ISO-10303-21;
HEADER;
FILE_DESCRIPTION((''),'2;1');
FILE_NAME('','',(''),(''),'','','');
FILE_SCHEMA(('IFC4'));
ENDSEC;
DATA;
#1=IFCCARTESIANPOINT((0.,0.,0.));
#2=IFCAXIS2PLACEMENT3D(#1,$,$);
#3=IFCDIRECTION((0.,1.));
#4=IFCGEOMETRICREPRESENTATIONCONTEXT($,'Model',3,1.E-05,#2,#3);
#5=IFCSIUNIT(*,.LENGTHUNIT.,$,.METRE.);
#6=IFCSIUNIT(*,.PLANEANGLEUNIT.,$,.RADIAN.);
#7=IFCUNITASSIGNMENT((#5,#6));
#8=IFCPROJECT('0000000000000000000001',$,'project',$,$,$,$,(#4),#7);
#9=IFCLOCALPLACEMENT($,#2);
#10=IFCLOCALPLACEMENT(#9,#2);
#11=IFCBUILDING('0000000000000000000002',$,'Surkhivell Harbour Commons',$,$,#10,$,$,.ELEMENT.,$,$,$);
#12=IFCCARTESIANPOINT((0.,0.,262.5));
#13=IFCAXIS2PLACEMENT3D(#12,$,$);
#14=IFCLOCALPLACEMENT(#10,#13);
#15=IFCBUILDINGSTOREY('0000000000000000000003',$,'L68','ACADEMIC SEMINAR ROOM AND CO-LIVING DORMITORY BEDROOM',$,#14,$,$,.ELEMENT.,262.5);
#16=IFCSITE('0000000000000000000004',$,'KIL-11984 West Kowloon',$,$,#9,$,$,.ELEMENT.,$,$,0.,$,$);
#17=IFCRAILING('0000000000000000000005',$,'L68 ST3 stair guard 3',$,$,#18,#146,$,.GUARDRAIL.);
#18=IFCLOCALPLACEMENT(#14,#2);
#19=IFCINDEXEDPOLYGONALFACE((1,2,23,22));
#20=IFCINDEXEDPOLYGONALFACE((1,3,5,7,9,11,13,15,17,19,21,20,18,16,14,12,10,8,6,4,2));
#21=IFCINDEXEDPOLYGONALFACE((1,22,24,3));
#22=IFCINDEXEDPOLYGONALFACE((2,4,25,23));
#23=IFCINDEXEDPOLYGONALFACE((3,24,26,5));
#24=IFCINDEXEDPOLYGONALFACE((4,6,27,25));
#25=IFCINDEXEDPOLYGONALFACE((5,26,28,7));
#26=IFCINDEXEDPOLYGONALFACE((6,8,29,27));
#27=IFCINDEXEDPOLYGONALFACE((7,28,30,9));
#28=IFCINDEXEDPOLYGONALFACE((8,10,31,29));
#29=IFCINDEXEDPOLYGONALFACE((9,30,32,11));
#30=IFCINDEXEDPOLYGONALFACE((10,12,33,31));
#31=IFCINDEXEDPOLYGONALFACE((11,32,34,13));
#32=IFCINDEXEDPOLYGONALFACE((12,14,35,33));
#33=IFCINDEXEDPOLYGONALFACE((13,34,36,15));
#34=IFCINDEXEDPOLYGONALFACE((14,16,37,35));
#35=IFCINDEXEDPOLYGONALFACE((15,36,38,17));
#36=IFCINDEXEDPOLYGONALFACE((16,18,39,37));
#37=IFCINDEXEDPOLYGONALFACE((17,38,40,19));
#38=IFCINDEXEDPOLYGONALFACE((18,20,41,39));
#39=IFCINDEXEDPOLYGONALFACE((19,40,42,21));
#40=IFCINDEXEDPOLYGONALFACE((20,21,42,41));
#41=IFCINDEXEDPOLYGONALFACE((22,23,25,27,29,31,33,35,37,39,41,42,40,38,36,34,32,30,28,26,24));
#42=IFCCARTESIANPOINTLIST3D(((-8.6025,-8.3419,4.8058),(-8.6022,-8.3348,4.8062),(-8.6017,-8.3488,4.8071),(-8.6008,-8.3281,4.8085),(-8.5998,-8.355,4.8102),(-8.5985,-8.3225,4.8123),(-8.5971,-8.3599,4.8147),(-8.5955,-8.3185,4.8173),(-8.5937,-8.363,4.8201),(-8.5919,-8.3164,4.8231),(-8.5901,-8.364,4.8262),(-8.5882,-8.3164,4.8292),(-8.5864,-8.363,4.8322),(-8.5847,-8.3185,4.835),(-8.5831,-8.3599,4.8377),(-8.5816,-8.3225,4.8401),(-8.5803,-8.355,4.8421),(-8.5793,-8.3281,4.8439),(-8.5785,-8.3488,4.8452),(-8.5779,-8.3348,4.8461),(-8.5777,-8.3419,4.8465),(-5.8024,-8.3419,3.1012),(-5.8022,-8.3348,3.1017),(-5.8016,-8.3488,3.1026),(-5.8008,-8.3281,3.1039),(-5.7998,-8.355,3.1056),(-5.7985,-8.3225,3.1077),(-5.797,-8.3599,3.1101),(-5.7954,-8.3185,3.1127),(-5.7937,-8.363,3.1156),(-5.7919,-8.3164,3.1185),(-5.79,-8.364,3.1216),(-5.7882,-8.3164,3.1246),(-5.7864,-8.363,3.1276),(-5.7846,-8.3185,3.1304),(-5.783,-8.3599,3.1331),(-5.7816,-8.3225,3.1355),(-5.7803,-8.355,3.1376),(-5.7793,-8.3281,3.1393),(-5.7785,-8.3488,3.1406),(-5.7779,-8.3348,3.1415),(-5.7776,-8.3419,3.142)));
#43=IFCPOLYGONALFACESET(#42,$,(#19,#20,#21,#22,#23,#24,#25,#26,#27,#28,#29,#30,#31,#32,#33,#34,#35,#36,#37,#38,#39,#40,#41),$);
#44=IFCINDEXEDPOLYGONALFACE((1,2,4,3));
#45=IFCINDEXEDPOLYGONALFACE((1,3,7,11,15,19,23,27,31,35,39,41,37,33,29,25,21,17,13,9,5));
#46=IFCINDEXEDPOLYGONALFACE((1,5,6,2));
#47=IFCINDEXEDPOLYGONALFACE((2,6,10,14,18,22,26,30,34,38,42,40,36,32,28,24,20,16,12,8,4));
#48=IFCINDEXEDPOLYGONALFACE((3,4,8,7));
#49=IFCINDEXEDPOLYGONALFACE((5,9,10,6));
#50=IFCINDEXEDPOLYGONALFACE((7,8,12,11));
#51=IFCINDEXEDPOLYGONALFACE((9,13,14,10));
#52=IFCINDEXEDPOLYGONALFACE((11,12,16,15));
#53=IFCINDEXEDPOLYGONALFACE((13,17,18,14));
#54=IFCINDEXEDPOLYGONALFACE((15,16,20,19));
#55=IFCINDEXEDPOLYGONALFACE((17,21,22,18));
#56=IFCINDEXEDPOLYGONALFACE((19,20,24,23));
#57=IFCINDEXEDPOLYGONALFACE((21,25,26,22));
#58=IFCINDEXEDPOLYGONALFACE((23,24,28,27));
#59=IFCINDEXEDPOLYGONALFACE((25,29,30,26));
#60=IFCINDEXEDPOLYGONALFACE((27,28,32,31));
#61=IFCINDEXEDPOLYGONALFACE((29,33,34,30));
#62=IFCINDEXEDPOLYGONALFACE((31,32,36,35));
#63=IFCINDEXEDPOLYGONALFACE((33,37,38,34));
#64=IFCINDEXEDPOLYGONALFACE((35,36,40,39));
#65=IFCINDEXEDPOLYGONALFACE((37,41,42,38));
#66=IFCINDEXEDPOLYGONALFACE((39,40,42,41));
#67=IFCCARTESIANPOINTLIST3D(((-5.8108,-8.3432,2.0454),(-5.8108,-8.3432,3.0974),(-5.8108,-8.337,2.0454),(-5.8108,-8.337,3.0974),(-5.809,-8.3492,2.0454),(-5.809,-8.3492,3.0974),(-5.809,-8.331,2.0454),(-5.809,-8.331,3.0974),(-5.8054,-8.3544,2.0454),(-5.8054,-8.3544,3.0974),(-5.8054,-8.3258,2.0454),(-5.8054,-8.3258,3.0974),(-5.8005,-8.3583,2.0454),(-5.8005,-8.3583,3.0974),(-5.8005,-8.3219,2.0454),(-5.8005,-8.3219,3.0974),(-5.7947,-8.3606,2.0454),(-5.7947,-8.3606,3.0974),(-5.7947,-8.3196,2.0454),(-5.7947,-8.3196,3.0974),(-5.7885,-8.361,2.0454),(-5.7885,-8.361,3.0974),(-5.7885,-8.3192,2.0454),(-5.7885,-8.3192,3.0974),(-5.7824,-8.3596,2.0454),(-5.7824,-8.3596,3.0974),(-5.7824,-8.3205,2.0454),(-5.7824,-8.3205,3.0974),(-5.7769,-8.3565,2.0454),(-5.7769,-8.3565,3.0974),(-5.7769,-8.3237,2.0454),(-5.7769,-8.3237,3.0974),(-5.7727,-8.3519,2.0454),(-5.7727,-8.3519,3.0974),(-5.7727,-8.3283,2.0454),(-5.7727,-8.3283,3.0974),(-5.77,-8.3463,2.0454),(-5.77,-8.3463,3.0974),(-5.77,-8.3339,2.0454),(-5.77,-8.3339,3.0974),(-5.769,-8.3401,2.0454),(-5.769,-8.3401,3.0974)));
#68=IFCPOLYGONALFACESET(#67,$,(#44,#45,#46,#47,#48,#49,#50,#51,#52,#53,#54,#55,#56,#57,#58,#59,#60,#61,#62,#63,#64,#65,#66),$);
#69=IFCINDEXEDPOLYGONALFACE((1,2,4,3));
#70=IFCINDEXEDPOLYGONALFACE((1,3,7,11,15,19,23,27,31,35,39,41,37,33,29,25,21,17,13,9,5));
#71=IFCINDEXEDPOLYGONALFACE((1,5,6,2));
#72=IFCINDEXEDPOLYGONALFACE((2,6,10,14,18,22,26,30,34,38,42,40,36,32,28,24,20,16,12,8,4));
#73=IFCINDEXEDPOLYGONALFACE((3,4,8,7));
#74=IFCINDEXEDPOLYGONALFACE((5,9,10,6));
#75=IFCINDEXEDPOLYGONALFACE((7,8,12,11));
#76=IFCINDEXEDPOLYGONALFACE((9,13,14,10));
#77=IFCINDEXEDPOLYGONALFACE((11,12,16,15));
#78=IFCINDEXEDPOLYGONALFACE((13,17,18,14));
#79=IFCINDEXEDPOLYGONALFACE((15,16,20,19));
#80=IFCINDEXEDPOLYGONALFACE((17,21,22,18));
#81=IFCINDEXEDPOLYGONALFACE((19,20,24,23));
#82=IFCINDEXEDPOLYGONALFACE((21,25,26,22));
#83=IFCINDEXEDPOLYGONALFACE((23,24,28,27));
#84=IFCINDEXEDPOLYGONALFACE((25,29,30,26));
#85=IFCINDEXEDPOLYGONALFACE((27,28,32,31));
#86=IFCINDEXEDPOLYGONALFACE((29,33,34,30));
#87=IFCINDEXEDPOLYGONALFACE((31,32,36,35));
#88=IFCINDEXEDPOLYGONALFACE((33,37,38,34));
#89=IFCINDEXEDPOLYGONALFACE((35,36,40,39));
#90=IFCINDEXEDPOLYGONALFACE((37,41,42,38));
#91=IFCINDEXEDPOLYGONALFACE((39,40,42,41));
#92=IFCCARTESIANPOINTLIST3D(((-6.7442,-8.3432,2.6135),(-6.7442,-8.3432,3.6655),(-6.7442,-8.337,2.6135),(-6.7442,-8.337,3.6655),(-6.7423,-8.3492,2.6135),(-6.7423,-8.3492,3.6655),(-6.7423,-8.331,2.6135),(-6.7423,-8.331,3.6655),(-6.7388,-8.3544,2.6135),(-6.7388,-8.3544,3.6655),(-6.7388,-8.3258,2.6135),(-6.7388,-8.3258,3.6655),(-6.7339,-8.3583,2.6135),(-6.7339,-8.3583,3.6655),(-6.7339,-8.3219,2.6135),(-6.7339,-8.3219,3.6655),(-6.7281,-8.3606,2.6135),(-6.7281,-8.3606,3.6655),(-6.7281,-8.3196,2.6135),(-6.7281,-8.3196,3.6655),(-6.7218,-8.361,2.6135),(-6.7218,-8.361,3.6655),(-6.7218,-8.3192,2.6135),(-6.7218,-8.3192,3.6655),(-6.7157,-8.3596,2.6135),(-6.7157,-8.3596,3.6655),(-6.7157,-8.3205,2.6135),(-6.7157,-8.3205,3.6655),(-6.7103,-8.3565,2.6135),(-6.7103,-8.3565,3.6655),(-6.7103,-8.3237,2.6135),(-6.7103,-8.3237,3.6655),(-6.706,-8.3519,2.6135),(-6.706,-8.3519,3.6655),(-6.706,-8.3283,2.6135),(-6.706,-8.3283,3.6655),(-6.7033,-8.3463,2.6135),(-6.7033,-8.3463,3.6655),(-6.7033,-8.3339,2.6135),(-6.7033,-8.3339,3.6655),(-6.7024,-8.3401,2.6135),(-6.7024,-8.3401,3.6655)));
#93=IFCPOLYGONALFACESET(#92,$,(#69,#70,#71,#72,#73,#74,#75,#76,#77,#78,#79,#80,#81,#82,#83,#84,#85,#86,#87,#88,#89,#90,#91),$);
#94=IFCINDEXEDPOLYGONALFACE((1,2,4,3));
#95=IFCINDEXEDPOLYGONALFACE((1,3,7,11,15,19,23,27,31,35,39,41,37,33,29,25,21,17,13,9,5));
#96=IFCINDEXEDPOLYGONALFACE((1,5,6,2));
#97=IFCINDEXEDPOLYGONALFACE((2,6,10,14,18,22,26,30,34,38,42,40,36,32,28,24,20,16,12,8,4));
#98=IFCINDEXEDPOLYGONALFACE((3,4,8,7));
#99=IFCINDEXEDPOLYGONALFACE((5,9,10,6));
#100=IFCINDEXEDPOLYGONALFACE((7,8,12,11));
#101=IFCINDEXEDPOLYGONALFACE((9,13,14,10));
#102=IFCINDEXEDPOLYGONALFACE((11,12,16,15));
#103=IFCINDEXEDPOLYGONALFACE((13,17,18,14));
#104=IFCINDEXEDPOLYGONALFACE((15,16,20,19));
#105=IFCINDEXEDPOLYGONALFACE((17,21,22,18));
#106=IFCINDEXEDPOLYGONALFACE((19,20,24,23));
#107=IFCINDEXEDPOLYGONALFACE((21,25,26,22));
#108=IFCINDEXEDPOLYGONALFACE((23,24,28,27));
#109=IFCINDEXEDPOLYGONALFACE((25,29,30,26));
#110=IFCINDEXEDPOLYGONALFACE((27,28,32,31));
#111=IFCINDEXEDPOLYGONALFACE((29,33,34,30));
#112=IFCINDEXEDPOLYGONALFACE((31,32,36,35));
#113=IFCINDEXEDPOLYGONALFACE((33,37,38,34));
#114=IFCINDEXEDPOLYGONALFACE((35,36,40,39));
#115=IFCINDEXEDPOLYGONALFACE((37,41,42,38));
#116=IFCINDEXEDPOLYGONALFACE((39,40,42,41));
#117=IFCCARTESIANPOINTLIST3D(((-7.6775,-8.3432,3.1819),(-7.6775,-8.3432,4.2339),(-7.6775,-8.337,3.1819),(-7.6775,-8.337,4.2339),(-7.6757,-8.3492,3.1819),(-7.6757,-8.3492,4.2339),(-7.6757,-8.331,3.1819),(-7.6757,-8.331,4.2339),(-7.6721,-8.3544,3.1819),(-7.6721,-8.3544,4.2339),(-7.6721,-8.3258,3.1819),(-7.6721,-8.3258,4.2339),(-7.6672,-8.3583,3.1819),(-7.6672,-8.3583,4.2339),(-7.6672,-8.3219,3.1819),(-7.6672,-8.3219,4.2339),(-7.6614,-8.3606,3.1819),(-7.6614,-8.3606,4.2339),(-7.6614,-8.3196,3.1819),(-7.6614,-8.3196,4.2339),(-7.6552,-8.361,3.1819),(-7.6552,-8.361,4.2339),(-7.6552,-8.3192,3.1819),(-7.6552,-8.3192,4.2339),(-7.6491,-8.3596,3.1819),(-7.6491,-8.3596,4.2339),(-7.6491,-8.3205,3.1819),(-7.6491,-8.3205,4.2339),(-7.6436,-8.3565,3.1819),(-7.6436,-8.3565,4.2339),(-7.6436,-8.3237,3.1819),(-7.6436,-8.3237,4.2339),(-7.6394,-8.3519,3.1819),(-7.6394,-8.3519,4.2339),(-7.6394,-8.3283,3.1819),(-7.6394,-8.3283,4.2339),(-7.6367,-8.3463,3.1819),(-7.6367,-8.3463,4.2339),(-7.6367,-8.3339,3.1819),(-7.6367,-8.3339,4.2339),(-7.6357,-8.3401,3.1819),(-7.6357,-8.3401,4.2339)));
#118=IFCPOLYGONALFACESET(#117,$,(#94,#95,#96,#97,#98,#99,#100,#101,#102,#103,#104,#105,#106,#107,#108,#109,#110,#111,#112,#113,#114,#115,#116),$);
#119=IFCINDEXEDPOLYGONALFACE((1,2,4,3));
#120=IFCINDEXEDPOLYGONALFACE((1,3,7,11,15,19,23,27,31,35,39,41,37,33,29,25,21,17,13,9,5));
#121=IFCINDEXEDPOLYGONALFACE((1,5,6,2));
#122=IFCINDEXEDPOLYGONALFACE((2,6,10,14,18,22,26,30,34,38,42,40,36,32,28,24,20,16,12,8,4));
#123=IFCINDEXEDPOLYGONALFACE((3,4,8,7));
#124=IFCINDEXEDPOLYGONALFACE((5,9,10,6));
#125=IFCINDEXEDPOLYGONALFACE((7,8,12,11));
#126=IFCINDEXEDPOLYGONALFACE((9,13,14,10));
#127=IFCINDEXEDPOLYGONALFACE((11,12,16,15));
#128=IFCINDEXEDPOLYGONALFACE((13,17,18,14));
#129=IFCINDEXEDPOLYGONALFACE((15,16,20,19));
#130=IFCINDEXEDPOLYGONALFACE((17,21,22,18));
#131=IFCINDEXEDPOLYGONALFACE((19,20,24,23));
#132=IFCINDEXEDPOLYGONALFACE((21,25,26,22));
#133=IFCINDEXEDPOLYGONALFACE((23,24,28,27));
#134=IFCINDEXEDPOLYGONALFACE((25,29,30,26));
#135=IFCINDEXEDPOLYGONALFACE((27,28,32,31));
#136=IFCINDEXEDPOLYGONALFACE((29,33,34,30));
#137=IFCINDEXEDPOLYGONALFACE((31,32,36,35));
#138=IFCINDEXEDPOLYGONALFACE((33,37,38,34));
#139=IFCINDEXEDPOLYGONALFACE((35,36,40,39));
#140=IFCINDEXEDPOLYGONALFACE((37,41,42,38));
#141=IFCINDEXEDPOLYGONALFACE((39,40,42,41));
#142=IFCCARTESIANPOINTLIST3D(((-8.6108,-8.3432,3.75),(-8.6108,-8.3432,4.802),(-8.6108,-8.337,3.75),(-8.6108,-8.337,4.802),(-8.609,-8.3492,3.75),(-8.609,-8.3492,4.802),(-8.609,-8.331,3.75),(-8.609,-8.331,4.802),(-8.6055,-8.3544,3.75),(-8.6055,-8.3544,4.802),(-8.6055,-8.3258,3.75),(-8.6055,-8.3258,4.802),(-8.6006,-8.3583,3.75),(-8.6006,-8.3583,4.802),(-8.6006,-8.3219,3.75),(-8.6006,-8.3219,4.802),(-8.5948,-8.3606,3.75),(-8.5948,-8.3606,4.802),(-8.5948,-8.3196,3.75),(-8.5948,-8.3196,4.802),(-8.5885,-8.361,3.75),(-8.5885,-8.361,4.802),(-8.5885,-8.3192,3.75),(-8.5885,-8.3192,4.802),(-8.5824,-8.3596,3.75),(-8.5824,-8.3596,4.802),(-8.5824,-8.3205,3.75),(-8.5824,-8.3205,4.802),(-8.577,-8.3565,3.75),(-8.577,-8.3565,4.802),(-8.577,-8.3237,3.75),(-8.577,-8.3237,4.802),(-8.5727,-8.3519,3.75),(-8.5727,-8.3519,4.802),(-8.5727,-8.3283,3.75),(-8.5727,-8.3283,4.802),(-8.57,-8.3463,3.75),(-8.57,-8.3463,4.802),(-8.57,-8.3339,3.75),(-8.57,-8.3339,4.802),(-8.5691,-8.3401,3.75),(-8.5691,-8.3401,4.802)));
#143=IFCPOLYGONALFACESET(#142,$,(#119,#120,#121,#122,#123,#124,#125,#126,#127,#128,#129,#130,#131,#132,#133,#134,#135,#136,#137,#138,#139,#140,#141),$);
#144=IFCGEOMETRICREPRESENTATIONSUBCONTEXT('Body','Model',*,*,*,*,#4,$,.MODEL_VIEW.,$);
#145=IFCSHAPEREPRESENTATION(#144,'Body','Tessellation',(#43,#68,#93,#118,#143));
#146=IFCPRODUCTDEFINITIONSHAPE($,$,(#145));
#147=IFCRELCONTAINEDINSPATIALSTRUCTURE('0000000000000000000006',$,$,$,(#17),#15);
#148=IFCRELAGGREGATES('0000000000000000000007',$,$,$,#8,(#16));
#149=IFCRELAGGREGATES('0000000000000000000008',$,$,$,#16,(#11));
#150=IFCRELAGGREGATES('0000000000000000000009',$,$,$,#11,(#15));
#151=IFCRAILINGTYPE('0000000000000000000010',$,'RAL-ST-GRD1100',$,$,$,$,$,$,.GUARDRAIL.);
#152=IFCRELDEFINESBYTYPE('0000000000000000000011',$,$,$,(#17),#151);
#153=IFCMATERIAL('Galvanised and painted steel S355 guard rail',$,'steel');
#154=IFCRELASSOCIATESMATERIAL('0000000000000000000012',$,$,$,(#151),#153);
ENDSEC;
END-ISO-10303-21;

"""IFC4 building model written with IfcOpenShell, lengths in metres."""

from ifc_helpers import new_model, si_unit, direction, frame, origin, origin_2d, place, context, subcontext, project, spatial, circle, extrude, material, type_object, element, save


model = new_model("IFC4")

# Units and contexts
model_context = context("Model", 3, precision=1e-05, world=origin(), true_north=direction((0.0, 1.0)))
body_context = subcontext(model_context, "Body", "Model", "MODEL_VIEW")
ifc_project = project(units=[si_unit("LENGTHUNIT", "METRE"), si_unit("PLANEANGLEUNIT", "RADIAN")], contexts=[model_context])

# Site, building, storey
site_placement = place(None, origin())
site = spatial("IfcSite", under=ifc_project, at=site_placement, Name="KIL-11984 West Kowloon", CompositionType="ELEMENT", RefElevation=0.0)
building_placement = place(site_placement, origin())
building = spatial("IfcBuilding", under=site, at=building_placement, Name="Surkhivell Harbour Commons", CompositionType="ELEMENT")
storey_placement = place(building_placement, frame((0.0, 0.0, 262.5)))
storey = spatial("IfcBuildingStorey", under=building, at=storey_placement, Name="L68", Description="ACADEMIC SEMINAR ROOM AND CO-LIVING DORMITORY BEDROOM", CompositionType="ELEMENT", Elevation=262.5)

# Railing
ifc_material_1 = material(Name="Galvanised and painted steel S355 guard rail", Category="steel")
railing_type_1 = type_object("IfcRailingType", Name="RAL-ST-GRD1100", PredefinedType="GUARDRAIL", material=ifc_material_1)
railing_1_placement = place(storey_placement, frame((-5.79, -8.3401, 2.0454)))
element("IfcRailing", 1, at=railing_1_placement, inside=storey, type_object=railing_type_1, Name="L68 ST3 stair guard 3", PredefinedType="GUARDRAIL", context=body_context, shape_type="SweptSolid", body=[
    extrude(circle(Radius=0.0239, at=origin_2d()), frame((0.0, 0.0, 1.0762), z_axis=(-0.85417, 0.0, 0.519994), x_axis=(0.0, -1.0, 0.0)), (0.0, 0.0, 1.0), 3.2781),
    extrude(circle(Radius=0.021, at=origin_2d()), origin(), (0.0, 0.0, 1.0), 1.052),
    extrude(circle(Radius=0.021, at=origin_2d()), frame((-0.9333, 0.0, 0.5681)), (0.0, 0.0, 1.0), 1.052),
    extrude(circle(Radius=0.021, at=origin_2d()), frame((-1.8667, 0.0, 1.1365)), (0.0, 0.0, 1.0), 1.052),
    extrude(circle(Radius=0.021, at=origin_2d()), frame((-2.8, 0.0, 1.7046)), (0.0, 0.0, 1.0), 1.052),
])

save(model, "model.ifc")
